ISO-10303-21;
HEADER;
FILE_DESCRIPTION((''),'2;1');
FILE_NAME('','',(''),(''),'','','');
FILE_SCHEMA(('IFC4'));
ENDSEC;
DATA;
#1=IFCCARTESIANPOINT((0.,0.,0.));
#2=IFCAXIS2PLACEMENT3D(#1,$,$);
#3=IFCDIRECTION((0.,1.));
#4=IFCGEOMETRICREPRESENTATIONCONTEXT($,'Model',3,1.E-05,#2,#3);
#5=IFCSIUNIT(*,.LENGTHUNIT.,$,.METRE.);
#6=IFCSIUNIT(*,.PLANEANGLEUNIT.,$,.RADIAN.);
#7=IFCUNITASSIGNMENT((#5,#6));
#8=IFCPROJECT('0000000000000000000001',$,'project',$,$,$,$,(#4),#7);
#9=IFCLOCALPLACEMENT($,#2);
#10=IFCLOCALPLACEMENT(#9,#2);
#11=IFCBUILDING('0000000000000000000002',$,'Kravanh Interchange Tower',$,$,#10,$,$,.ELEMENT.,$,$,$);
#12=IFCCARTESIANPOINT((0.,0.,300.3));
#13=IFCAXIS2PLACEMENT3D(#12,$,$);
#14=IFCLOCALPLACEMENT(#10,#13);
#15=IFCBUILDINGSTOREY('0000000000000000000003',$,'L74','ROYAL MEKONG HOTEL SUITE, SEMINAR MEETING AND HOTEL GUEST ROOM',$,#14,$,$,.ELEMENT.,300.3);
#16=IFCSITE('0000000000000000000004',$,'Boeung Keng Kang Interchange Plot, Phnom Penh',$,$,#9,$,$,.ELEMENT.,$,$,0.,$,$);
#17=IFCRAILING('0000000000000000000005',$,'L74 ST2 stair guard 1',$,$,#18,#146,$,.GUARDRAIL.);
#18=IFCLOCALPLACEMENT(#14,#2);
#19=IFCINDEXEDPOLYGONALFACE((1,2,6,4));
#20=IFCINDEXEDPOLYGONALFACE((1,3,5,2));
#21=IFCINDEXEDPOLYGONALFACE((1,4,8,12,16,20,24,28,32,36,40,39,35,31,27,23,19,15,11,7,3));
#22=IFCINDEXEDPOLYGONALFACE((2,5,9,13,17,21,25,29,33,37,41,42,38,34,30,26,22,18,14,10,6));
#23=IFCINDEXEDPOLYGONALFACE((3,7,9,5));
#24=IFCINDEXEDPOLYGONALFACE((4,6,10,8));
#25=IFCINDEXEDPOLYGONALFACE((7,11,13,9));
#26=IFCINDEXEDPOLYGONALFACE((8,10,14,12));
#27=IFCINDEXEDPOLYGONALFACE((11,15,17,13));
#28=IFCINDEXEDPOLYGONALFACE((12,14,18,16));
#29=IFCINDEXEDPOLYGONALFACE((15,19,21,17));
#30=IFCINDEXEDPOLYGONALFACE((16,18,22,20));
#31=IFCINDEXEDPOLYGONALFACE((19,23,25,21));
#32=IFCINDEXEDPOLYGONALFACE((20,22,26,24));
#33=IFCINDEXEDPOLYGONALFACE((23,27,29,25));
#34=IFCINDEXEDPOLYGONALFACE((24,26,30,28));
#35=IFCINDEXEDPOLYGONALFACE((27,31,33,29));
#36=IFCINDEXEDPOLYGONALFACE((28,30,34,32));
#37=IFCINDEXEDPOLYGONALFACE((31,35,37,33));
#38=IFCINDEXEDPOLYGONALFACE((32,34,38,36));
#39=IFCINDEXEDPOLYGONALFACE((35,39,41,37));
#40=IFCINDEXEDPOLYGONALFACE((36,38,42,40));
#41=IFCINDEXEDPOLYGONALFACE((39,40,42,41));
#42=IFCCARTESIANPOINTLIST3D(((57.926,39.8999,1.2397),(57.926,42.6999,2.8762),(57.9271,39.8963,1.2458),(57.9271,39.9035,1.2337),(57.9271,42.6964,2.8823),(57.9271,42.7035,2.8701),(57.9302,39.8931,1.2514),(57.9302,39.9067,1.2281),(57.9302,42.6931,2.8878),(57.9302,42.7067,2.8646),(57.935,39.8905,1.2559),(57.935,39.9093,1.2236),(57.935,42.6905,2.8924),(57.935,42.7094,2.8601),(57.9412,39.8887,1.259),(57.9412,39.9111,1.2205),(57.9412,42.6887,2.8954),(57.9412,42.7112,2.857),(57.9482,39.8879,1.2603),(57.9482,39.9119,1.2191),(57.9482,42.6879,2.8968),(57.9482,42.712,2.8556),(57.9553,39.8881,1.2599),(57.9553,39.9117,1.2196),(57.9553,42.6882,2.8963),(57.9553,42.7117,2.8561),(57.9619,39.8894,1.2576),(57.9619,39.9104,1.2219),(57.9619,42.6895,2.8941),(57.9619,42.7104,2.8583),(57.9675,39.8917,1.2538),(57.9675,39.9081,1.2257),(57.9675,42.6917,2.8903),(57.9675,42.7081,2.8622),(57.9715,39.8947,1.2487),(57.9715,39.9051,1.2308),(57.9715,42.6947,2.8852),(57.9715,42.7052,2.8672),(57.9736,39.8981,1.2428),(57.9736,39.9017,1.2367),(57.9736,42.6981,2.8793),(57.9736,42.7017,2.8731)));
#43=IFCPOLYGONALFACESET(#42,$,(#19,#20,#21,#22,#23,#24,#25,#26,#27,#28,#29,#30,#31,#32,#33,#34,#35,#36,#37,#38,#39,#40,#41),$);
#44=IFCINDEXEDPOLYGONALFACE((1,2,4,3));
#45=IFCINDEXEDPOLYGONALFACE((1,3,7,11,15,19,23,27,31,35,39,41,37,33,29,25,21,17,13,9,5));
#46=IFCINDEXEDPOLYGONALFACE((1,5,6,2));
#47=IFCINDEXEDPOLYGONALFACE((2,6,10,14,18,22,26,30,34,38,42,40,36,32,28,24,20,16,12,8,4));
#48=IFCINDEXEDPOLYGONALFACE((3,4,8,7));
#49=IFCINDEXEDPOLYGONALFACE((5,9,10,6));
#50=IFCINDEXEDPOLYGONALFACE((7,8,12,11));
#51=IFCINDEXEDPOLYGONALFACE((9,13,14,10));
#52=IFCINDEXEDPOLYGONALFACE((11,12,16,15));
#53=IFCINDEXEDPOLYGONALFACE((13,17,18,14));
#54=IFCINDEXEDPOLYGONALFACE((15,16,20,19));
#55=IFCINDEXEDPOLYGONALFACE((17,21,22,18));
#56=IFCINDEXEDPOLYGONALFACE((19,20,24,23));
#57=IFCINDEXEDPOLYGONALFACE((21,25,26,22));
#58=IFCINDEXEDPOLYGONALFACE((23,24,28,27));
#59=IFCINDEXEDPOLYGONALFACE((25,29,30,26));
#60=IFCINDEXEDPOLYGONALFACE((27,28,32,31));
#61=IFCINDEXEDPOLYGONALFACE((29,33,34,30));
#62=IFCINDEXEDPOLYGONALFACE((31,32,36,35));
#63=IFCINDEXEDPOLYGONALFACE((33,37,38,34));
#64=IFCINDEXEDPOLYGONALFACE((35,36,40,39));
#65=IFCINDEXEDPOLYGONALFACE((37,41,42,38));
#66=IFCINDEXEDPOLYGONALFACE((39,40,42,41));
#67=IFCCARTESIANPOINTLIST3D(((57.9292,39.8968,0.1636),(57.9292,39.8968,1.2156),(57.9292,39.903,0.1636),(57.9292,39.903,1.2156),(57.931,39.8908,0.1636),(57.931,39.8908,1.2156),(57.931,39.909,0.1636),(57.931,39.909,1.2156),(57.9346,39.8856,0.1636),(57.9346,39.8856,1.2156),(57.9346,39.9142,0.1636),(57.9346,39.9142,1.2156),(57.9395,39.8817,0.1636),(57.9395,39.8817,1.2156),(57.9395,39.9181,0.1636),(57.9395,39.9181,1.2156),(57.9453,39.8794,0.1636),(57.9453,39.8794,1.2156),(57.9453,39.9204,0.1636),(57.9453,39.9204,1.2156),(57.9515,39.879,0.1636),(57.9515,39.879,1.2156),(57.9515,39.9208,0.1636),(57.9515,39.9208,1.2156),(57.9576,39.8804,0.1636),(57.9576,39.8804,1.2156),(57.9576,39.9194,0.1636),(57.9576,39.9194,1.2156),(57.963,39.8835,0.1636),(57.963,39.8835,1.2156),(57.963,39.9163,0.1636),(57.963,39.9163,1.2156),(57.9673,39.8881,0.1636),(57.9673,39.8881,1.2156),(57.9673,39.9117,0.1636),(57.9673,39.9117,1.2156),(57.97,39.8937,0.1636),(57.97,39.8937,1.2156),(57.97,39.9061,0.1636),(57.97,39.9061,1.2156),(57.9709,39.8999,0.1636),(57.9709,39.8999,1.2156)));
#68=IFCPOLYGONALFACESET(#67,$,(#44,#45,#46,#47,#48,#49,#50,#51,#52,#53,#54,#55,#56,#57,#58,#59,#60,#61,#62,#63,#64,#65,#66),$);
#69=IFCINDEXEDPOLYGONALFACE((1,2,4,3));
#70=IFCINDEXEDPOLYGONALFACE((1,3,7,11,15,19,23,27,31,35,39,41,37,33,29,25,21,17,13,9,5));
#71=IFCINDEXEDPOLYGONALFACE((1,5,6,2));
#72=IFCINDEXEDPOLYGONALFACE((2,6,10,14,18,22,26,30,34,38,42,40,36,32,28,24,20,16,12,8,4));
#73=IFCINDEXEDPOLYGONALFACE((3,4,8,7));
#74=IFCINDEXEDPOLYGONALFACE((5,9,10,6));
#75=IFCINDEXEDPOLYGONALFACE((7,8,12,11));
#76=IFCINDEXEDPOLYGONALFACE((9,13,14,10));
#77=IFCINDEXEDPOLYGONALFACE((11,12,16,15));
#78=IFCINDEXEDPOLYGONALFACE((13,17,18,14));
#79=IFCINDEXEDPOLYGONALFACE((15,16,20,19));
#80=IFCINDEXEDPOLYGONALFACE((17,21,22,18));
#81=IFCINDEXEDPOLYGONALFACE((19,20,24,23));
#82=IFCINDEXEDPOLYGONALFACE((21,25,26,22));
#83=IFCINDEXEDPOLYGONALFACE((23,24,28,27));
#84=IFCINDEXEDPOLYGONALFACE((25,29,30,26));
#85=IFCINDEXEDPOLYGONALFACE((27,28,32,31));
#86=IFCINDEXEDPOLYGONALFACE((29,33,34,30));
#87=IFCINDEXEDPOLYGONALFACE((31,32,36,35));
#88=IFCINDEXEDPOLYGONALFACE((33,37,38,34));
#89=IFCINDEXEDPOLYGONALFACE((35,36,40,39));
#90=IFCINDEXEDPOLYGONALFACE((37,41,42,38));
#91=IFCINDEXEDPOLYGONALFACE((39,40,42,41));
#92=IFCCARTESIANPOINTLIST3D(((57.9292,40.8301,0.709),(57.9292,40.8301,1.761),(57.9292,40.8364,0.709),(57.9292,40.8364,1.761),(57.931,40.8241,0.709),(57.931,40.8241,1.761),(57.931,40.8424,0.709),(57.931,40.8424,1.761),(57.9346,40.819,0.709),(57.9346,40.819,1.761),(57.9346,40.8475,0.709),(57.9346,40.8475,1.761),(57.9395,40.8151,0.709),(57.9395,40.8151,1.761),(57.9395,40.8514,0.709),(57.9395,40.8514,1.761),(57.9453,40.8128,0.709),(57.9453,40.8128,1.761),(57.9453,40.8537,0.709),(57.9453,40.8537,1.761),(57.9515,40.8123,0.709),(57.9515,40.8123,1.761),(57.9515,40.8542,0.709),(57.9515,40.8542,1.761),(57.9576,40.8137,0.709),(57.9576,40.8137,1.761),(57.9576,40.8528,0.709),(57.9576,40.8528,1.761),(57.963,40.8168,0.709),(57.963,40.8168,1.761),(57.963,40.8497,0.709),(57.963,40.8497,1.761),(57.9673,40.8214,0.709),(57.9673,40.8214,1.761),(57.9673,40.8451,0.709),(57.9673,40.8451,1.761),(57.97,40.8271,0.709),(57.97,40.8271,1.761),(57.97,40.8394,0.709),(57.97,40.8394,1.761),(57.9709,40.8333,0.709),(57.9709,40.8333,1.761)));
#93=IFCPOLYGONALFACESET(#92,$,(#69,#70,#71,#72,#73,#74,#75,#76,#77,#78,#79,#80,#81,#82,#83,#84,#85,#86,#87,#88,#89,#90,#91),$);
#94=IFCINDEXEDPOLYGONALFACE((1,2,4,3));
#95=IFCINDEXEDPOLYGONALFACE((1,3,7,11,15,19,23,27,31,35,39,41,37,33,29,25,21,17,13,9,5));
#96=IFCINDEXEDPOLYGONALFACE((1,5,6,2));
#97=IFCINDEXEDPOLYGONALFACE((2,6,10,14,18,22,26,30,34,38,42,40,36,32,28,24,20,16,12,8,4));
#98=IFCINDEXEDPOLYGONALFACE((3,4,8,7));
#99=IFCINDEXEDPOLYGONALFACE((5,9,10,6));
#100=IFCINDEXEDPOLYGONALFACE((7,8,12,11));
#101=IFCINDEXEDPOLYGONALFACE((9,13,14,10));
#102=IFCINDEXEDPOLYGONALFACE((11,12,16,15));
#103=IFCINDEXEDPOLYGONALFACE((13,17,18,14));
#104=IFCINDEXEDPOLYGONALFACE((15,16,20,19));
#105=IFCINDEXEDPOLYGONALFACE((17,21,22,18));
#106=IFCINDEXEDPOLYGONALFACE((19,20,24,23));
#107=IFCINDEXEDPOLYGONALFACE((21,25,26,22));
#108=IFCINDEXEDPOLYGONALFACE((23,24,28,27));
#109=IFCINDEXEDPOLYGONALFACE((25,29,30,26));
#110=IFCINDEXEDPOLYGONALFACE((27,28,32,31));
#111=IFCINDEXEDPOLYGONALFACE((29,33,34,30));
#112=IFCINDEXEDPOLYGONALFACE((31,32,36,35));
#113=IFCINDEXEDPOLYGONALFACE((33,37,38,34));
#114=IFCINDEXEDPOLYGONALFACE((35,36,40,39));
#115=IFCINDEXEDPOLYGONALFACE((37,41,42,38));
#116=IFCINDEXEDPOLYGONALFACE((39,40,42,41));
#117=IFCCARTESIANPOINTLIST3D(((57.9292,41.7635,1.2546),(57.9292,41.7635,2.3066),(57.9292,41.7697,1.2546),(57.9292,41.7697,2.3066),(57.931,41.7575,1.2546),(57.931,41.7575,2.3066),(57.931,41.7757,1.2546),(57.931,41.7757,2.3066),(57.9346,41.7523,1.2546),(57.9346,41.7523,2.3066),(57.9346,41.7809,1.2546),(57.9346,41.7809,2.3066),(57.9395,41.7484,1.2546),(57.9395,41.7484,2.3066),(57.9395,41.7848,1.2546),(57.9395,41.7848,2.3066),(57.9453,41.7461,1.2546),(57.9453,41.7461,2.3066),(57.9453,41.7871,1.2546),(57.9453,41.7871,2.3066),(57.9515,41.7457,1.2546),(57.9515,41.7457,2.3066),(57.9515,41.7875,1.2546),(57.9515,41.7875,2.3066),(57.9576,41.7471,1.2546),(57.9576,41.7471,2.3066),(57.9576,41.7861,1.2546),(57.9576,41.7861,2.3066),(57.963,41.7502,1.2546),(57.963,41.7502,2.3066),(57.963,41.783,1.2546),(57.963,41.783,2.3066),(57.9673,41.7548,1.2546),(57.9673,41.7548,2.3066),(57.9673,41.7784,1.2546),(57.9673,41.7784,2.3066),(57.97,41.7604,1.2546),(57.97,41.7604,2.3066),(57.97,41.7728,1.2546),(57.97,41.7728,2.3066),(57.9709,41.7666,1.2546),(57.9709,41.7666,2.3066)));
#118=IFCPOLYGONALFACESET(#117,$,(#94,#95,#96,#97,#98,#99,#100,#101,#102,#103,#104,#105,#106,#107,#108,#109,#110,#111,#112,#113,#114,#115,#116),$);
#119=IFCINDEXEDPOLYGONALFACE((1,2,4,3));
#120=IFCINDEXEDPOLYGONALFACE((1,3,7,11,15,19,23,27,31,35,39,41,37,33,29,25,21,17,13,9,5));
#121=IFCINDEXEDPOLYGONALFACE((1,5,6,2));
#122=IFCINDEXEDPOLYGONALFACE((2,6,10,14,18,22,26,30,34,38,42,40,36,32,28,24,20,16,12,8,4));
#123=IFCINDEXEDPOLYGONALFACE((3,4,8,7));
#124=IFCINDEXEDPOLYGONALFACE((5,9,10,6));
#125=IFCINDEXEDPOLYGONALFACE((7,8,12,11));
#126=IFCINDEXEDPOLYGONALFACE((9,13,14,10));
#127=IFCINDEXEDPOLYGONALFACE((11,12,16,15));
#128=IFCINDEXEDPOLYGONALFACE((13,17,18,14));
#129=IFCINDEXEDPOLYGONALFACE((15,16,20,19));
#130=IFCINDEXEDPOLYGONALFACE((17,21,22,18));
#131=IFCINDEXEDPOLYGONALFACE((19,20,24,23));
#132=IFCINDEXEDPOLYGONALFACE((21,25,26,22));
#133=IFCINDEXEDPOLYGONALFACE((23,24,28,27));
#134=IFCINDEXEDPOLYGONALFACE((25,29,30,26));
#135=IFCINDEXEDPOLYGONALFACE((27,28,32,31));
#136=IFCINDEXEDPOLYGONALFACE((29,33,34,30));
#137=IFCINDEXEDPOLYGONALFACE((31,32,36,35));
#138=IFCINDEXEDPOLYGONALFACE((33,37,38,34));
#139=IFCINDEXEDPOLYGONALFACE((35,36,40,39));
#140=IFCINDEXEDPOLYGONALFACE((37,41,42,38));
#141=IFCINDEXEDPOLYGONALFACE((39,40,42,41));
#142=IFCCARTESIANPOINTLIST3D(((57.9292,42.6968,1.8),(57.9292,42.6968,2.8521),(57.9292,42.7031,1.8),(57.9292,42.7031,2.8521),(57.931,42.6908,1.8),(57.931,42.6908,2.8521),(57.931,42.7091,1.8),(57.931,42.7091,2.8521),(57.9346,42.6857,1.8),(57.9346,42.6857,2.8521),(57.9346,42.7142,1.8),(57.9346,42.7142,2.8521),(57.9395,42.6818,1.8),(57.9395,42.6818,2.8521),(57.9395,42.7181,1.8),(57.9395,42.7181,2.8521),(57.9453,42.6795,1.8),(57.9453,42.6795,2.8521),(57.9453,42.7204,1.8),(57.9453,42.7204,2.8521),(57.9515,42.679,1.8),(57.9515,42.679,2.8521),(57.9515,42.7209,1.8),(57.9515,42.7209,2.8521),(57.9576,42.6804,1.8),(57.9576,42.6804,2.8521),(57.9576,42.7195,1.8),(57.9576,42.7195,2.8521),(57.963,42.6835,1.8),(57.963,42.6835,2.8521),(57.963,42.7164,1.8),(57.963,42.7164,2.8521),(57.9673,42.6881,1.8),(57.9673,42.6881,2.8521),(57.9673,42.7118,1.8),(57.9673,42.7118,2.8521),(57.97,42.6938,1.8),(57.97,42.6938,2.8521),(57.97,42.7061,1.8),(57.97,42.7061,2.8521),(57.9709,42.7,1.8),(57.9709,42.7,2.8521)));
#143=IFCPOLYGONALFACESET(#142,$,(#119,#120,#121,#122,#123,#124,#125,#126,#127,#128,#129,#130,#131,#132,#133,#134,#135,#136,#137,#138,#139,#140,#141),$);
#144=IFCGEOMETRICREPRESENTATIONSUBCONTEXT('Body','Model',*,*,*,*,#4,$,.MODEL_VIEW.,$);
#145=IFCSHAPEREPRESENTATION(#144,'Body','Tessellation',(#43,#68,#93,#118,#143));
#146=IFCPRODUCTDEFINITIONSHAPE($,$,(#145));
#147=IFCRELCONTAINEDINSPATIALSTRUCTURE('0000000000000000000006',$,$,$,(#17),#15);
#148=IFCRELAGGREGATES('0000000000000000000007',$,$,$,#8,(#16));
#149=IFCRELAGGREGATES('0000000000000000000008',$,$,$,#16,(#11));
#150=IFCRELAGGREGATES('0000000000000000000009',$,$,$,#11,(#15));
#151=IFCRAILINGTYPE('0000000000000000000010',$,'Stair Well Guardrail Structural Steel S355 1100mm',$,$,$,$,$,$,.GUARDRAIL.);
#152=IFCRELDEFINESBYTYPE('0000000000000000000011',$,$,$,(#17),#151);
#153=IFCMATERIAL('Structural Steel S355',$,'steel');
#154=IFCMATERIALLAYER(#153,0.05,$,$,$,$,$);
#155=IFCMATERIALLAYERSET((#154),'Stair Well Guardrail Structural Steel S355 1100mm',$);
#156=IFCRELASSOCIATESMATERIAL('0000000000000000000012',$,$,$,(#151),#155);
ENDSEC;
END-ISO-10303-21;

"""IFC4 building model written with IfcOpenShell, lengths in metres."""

from ifc_helpers import new_model, si_unit, direction, frame, origin, origin_2d, place, context, subcontext, project, spatial, circle, extrude, material, layer, layer_set, type_object, element, save


model = new_model("IFC4")

# Units and contexts
model_context = context("Model", 3, precision=1e-05, world=origin(), true_north=direction((0.0, 1.0)))
body_context = subcontext(model_context, "Body", "Model", "MODEL_VIEW")
ifc_project = project(units=[si_unit("LENGTHUNIT", "METRE"), si_unit("PLANEANGLEUNIT", "RADIAN")], contexts=[model_context])

# Site, building, storey
site_placement = place(None, origin())
site = spatial("IfcSite", under=ifc_project, at=site_placement, Name="Boeung Keng Kang Interchange Plot, Phnom Penh", CompositionType="ELEMENT", RefElevation=0.0)
building_placement = place(site_placement, origin())
building = spatial("IfcBuilding", under=site, at=building_placement, Name="Kravanh Interchange Tower", CompositionType="ELEMENT")
storey_placement = place(building_placement, frame((0.0, 0.0, 300.3)))
storey = spatial("IfcBuildingStorey", under=building, at=storey_placement, Name="L74", Description="ROYAL MEKONG HOTEL SUITE, SEMINAR MEETING AND HOTEL GUEST ROOM", CompositionType="ELEMENT", Elevation=300.3)

# Railing
ifc_material_1 = material(Name="Structural Steel S355", Category="steel")
ifc_layer_1 = layer(ifc_material_1, 0.05)
ifc_layer_set_1 = layer_set([ifc_layer_1], Name="Stair Well Guardrail Structural Steel S355 1100mm")
railing_type_1 = type_object("IfcRailingType", Name="Stair Well Guardrail Structural Steel S355 1100mm", PredefinedType="GUARDRAIL", material=ifc_layer_set_1)
railing_1_placement = place(storey_placement, frame((57.95, 39.8999, 0.1636)))
element("IfcRailing", 1, at=railing_1_placement, inside=storey, type_object=railing_type_1, Name="L74 ST2 stair guard 1", PredefinedType="GUARDRAIL", context=body_context, shape_type="SweptSolid", body=[
    extrude(circle(Radius=0.0239, at=origin_2d()), frame((0.0, 0.0, 1.0762), z_axis=(0.0, 0.863361, 0.504587), x_axis=(-1.0, 0.0, 0.0)), (0.0, 0.0, 1.0), 3.2432),
    extrude(circle(Radius=0.021, at=origin_2d()), origin(), (0.0, 0.0, 1.0), 1.052),
    extrude(circle(Radius=0.021, at=origin_2d()), frame((0.0, 0.9333, 0.5454)), (0.0, 0.0, 1.0), 1.052),
    extrude(circle(Radius=0.021, at=origin_2d()), frame((0.0, 1.8667, 1.0911)), (0.0, 0.0, 1.0), 1.052),
    extrude(circle(Radius=0.021, at=origin_2d()), frame((0.0, 2.8, 1.6365)), (0.0, 0.0, 1.0), 1.052),
])

save(model, "model.ifc")
